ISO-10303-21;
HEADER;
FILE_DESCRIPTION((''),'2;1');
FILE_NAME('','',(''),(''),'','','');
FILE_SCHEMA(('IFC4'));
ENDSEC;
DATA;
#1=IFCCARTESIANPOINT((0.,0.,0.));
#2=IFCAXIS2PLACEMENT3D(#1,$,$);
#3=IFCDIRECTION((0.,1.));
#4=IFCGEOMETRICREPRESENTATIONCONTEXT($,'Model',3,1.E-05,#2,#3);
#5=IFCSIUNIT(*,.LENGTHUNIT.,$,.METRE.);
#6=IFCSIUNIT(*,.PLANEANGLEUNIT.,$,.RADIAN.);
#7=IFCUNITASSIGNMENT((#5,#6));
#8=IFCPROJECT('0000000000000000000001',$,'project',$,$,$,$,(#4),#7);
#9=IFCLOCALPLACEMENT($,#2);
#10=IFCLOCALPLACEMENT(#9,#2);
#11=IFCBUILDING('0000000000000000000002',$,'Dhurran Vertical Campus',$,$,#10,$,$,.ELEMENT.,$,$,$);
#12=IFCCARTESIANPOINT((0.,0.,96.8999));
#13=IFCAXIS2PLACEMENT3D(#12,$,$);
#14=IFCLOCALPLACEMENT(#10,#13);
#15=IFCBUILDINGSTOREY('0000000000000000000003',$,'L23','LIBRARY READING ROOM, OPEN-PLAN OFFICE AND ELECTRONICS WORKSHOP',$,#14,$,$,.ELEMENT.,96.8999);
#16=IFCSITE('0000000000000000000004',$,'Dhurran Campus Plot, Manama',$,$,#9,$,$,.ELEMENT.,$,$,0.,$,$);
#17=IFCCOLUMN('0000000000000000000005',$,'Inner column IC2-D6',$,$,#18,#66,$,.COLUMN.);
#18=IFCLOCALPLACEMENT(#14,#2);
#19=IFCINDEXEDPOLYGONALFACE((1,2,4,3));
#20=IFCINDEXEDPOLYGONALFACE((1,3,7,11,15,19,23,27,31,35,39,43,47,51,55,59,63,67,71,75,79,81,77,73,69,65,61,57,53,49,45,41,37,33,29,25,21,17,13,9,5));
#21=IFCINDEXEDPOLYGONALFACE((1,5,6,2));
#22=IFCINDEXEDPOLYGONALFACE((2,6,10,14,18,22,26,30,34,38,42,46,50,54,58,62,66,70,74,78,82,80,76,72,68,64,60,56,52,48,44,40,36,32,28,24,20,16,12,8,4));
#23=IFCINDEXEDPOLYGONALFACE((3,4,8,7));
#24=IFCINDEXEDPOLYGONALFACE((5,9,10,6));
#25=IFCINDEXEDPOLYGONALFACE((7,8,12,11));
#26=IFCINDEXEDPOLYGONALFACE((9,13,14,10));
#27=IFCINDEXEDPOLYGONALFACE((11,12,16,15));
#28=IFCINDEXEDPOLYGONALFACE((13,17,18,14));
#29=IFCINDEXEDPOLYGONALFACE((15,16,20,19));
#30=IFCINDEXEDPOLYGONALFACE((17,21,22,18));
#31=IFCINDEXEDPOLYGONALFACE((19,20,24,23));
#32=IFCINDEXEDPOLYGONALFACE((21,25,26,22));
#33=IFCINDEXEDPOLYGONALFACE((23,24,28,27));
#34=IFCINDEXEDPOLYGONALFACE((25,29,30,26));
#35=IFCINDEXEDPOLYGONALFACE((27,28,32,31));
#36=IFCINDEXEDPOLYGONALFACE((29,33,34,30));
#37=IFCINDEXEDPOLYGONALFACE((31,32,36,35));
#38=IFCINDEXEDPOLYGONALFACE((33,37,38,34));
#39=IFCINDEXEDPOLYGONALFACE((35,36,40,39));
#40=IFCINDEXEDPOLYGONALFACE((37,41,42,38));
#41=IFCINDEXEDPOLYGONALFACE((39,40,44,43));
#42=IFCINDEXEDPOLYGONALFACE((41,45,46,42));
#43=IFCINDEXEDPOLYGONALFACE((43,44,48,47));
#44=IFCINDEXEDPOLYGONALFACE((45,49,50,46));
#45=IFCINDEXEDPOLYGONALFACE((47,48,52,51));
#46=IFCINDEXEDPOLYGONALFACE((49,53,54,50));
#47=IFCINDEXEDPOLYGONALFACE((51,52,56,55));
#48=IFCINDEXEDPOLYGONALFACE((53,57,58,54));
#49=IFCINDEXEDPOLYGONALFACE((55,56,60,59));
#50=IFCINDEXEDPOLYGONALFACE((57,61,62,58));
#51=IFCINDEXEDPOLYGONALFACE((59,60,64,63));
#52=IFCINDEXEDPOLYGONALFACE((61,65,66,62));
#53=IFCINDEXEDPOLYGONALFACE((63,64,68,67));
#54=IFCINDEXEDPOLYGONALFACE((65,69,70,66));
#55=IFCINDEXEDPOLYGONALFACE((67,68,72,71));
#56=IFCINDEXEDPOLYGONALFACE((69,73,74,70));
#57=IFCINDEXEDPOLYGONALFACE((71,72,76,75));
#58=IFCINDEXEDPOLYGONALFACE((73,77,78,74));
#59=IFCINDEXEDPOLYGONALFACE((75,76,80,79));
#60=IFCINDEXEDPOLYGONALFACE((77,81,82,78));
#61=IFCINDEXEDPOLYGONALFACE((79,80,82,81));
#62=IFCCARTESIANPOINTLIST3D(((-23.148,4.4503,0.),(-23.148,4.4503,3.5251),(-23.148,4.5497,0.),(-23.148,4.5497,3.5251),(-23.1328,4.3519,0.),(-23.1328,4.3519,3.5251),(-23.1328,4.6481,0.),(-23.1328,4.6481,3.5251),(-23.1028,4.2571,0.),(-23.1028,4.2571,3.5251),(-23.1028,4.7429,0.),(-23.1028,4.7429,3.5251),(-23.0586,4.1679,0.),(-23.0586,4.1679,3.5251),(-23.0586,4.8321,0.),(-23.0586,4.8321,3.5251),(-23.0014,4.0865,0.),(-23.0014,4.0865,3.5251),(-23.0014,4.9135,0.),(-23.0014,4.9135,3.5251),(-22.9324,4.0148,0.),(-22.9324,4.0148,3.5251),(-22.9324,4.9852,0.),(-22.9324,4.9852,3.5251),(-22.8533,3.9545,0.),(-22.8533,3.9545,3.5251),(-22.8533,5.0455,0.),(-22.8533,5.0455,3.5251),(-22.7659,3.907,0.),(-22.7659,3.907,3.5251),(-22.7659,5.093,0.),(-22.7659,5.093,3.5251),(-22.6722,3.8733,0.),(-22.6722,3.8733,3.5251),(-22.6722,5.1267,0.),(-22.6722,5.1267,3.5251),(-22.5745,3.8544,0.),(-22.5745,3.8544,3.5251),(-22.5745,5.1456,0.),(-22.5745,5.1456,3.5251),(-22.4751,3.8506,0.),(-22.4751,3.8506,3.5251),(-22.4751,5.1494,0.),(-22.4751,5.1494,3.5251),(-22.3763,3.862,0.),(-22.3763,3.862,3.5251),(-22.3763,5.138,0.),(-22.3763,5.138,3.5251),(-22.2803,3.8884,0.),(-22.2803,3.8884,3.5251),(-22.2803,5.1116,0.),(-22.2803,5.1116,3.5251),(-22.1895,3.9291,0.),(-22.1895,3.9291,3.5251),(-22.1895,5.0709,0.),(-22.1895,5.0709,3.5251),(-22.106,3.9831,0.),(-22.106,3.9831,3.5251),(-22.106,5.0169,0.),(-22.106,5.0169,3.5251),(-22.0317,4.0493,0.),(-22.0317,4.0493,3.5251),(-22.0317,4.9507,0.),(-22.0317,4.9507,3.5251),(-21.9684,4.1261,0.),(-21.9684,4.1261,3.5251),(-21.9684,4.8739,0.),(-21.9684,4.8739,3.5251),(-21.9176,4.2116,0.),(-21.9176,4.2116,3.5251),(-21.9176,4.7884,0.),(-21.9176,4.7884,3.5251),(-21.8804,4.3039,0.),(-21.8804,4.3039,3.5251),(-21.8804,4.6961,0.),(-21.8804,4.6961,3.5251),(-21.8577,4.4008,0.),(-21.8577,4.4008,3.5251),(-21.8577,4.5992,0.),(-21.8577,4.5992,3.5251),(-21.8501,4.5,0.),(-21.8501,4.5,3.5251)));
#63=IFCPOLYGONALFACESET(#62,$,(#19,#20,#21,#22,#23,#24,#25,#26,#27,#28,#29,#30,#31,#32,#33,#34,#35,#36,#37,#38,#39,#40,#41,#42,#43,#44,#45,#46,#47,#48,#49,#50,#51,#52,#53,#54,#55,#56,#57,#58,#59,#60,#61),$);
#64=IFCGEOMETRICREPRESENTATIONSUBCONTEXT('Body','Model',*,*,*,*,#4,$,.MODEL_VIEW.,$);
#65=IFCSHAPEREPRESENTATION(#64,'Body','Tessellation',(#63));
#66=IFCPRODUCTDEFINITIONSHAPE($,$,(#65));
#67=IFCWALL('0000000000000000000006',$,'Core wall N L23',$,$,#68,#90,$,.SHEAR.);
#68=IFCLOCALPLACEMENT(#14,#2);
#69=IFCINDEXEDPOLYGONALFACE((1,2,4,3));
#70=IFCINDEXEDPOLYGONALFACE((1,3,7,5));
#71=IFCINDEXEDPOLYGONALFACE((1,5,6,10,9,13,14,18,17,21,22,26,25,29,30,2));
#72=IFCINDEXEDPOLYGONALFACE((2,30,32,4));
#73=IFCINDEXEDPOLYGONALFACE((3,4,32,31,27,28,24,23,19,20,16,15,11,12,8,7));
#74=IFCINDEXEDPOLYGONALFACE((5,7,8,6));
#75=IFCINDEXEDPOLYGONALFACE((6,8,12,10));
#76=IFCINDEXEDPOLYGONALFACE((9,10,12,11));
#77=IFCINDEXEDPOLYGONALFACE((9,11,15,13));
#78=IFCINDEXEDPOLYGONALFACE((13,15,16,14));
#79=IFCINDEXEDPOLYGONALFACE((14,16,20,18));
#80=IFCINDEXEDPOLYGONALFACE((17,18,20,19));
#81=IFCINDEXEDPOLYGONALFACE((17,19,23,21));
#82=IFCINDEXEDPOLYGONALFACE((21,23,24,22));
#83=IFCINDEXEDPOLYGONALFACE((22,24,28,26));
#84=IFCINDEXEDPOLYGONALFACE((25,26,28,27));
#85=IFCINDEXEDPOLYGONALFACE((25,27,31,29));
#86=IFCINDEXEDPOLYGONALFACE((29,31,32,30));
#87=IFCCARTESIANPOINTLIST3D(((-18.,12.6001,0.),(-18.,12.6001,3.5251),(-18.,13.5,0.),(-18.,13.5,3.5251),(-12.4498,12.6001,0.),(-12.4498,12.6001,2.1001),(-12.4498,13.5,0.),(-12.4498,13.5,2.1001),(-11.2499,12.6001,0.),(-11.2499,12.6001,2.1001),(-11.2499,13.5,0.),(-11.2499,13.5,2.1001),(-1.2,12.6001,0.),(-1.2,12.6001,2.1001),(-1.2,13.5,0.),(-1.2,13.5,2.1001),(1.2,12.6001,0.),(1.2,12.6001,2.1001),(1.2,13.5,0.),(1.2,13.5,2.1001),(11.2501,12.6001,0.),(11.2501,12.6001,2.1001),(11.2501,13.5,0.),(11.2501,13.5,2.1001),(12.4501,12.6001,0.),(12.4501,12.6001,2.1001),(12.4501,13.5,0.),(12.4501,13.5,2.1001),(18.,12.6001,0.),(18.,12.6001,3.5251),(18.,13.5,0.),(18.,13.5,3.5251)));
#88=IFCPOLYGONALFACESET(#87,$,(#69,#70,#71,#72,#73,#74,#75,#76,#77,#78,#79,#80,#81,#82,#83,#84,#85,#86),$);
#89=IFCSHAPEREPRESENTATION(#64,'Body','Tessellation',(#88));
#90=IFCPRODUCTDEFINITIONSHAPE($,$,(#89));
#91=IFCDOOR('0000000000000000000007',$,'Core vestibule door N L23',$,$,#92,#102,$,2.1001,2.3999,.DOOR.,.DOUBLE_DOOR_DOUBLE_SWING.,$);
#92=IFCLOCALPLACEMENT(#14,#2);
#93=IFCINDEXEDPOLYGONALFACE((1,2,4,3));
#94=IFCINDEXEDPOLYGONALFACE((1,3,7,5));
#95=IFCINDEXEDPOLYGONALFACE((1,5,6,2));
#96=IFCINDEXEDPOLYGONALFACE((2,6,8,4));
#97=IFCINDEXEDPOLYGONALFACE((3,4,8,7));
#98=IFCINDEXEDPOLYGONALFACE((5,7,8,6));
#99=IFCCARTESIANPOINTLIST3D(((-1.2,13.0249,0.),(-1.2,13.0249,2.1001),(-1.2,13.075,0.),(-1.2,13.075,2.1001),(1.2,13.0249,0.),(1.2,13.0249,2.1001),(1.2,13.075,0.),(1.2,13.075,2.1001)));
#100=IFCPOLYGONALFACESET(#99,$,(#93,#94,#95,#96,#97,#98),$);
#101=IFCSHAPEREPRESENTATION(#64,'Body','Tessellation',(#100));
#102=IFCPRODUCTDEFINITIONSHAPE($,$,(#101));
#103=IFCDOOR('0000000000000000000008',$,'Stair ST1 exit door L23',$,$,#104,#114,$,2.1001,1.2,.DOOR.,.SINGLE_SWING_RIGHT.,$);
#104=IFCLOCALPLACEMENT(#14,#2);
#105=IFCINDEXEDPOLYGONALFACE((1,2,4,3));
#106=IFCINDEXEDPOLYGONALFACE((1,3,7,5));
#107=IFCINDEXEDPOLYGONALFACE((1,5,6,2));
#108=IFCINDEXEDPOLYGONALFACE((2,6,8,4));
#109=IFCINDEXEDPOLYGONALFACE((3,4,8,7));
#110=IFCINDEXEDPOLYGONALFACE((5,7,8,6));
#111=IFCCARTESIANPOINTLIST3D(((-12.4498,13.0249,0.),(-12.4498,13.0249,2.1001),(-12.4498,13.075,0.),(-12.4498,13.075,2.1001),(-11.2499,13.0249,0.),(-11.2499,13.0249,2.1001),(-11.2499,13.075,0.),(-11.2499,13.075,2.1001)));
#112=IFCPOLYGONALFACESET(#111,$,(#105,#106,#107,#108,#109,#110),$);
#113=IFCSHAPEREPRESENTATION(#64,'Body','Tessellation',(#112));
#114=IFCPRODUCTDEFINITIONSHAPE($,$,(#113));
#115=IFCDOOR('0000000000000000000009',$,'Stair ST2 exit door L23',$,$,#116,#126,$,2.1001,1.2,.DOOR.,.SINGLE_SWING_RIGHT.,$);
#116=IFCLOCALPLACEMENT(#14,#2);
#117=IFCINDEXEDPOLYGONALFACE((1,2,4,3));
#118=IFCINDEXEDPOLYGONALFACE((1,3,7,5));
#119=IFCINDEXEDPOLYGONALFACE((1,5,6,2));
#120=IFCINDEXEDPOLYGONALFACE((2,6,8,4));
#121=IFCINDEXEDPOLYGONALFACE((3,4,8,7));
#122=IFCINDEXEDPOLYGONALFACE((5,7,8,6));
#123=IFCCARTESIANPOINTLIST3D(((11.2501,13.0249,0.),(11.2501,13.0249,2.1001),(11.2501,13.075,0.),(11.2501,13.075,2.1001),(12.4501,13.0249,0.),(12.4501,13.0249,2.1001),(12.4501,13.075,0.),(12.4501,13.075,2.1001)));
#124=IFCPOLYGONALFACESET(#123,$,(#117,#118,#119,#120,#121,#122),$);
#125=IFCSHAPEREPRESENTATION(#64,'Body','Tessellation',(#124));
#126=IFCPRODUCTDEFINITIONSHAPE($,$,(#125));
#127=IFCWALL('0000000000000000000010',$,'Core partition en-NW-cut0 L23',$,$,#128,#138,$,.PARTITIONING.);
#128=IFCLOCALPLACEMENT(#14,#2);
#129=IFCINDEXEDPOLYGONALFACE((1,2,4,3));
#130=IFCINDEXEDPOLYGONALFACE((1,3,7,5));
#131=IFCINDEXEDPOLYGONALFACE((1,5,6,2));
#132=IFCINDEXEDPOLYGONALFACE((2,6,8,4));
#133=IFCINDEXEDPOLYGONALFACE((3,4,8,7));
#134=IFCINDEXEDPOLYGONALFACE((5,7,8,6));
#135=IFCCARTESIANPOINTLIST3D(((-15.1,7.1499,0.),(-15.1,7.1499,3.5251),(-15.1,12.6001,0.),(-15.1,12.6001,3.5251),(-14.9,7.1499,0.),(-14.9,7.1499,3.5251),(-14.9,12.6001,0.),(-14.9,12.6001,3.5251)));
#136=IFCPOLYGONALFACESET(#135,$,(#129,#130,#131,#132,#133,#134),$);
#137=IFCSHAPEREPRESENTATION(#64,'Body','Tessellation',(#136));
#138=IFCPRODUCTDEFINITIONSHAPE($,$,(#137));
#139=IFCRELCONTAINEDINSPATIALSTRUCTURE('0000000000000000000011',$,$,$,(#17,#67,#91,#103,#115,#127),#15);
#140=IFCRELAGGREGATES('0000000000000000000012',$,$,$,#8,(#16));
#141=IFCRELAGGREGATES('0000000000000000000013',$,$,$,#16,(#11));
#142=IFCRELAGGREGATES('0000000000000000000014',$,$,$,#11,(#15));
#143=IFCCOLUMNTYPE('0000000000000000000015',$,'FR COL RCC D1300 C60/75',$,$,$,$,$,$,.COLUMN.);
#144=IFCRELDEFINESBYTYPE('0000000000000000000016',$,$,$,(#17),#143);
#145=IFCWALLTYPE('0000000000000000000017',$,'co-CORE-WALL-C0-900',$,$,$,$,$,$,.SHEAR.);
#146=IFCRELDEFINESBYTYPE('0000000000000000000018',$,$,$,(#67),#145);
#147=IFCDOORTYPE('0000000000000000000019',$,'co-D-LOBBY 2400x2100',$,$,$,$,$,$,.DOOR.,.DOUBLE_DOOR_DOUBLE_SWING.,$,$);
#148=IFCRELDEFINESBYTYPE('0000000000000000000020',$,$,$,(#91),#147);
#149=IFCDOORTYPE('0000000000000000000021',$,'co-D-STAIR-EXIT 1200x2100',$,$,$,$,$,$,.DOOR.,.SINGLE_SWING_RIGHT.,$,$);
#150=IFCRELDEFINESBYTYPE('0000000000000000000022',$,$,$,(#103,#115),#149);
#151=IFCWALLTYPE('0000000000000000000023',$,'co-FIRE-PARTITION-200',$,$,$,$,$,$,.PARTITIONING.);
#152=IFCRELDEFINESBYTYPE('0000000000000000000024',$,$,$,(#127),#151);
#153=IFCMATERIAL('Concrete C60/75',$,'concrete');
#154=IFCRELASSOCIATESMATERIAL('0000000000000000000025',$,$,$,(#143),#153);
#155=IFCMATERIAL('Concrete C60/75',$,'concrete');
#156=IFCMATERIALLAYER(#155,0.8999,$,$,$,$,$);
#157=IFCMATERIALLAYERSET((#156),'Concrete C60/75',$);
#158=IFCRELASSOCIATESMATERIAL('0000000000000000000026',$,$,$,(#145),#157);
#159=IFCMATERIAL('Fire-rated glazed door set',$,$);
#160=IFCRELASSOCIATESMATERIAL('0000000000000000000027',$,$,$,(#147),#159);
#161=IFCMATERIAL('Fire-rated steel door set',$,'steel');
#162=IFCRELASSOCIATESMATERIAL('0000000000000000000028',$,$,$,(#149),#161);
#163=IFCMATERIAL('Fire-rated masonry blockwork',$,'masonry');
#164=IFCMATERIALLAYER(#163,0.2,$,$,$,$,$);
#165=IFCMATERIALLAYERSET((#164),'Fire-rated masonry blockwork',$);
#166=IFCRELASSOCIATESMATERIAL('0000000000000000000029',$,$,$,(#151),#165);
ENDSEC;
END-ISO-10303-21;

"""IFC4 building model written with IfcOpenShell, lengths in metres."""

from ifc_helpers import new_model, si_unit, direction, frame, frame_2d, origin, origin_2d, place, context, subcontext, project, spatial, rectangle, circle, extrude, material, layer, layer_set, material_profile, profile_set, type_object, element, fill, save


model = new_model("IFC4")

# Units and contexts
model_context = context("Model", 3, precision=1e-05, world=origin(), true_north=direction((0.0, 1.0)))
body_context = subcontext(model_context, "Body", "Model", "MODEL_VIEW")
ifc_project = project(units=[si_unit("LENGTHUNIT", "METRE"), si_unit("PLANEANGLEUNIT", "RADIAN")], contexts=[model_context])

# Site, building, storey
site_placement = place(None, origin())
site = spatial("IfcSite", under=ifc_project, at=site_placement, Name="Dhurran Campus Plot, Manama", CompositionType="ELEMENT", RefElevation=0.0)
building_placement = place(site_placement, origin())
building = spatial("IfcBuilding", under=site, at=building_placement, Name="Dhurran Vertical Campus", CompositionType="ELEMENT")
storey_placement = place(building_placement, frame((0.0, 0.0, 96.8999)))
storey = spatial("IfcBuildingStorey", under=building, at=storey_placement, Name="L23", Description="LIBRARY READING ROOM, OPEN-PLAN OFFICE AND ELECTRONICS WORKSHOP", CompositionType="ELEMENT", Elevation=96.8999)

# Column
ifc_material_1 = material(Name="Concrete C60/75", Category="concrete")
ifc_material_profile = material_profile(ifc_material_1, circle(Radius=0.6499, at=origin_2d()), Name="RCC D1300")
ifc_profile_set = profile_set([ifc_material_profile], Name="Concrete C60/75")
column_type = type_object("IfcColumnType", Name="FR COL RCC D1300 C60/75", PredefinedType="COLUMN", material=ifc_profile_set)
column_placement = place(storey_placement, frame((-22.5, 4.5, 0.0), z_axis=(0.0, 0.0, 1.0), x_axis=(1.0, 0.0, 0.0)))
element("IfcColumn", 1, at=column_placement, inside=storey, type_object=column_type, Name="Inner column IC2-D6", PredefinedType="COLUMN", context=body_context, shape_type="SweptSolid", body=[
    extrude(circle(Radius=0.6499, at=origin_2d()), origin(), (0.0, 0.0, 1.0), 3.5251),
])

# Wall, openings, doors
ifc_material_2 = material(Name="Concrete C60/75", Category="concrete")
ifc_layer_1 = layer(ifc_material_2, 0.8999)
ifc_layer_set_1 = layer_set([ifc_layer_1], Name="Concrete C60/75")
wall_type_1 = type_object("IfcWallType", Name="co-CORE-WALL-C0-900", PredefinedType="SHEAR", material=ifc_layer_set_1)
wall_1_placement = place(storey_placement, frame((-18.0, 13.05, 0.0), z_axis=(0.0, 0.0, 1.0), x_axis=(1.0, 0.0, 0.0)))
wall_1 = element("IfcWall", 2, at=wall_1_placement, inside=storey, type_object=wall_type_1, Name="Core wall N L23", PredefinedType="SHEAR", context=body_context, shape_type="SweptSolid", body=[
    extrude(rectangle(XDim=36.0, YDim=0.8999, at=frame_2d((18.0, 0.0))), origin(), (0.0, 0.0, 1.0), 3.5251),
])
opening_1_placement = place(wall_1_placement, frame((16.8, 0.0, 0.0)))
opening_1 = element("IfcOpeningElement", 3, at=opening_1_placement, cuts=wall_1, PredefinedType="OPENING", context=body_context, shape_type="SweptSolid", body=[
    extrude(rectangle(XDim=2.3999, YDim=2.1001, at=frame_2d((1.2, 1.05))), frame((0.0, 0.46, 0.0), z_axis=(0.0, -1.0, 0.0), x_axis=(1.0, 0.0, 0.0)), (0.0, 0.0, 1.0), 0.9199),
])
opening_2_placement = place(wall_1_placement, frame((5.55, 0.0, 0.0)))
opening_2 = element("IfcOpeningElement", 4, at=opening_2_placement, cuts=wall_1, PredefinedType="OPENING", context=body_context, shape_type="SweptSolid", body=[
    extrude(rectangle(XDim=1.2, YDim=2.1001, at=frame_2d((0.6001, 1.05))), frame((0.0, 0.46, 0.0), z_axis=(0.0, -1.0, 0.0), x_axis=(1.0, 0.0, 0.0)), (0.0, 0.0, 1.0), 0.9199),
])
opening_3_placement = place(wall_1_placement, frame((29.25, 0.0, 0.0)))
opening_3 = element("IfcOpeningElement", 5, at=opening_3_placement, cuts=wall_1, PredefinedType="OPENING", context=body_context, shape_type="SweptSolid", body=[
    extrude(rectangle(XDim=1.2, YDim=2.1001, at=frame_2d((0.6001, 1.05))), frame((0.0, 0.46, 0.0), z_axis=(0.0, -1.0, 0.0), x_axis=(1.0, 0.0, 0.0)), (0.0, 0.0, 1.0), 0.9199),
])
ifc_material_3 = material(Name="Fire-rated glazed door set")
door_type_1 = type_object("IfcDoorType", Name="co-D-LOBBY 2400x2100", OperationType="DOUBLE_DOOR_DOUBLE_SWING", PredefinedType="DOOR", material=ifc_material_3)
door_1_placement = place(opening_1_placement, origin())
door_1 = element("IfcDoor", 6, at=door_1_placement, inside=storey, type_object=door_type_1, Name="Core vestibule door N L23", OperationType="DOUBLE_DOOR_DOUBLE_SWING", OverallHeight=2.1001, OverallWidth=2.3999, PredefinedType="DOOR", context=body_context, shape_type="SweptSolid", body=[
    extrude(rectangle(XDim=2.3999, YDim=2.1001, at=frame_2d((1.2, 1.05))), frame((0.0, 0.0249, 0.0), z_axis=(0.0, -1.0, 0.0), x_axis=(1.0, 0.0, 0.0)), (0.0, 0.0, 1.0), 0.05),
])
fill(opening_1, door_1)
ifc_material_4 = material(Name="Fire-rated steel door set", Category="steel")
door_type_2 = type_object("IfcDoorType", Name="co-D-STAIR-EXIT 1200x2100", OperationType="SINGLE_SWING_RIGHT", PredefinedType="DOOR", material=ifc_material_4)
door_2_placement = place(opening_2_placement, origin())
door_2 = element("IfcDoor", 7, at=door_2_placement, inside=storey, type_object=door_type_2, Name="Stair ST1 exit door L23", OperationType="SINGLE_SWING_RIGHT", OverallHeight=2.1001, OverallWidth=1.2, PredefinedType="DOOR", context=body_context, shape_type="SweptSolid", body=[
    extrude(rectangle(XDim=1.2, YDim=2.1001, at=frame_2d((0.6001, 1.05))), frame((0.0, 0.0249, 0.0), z_axis=(0.0, -1.0, 0.0), x_axis=(1.0, 0.0, 0.0)), (0.0, 0.0, 1.0), 0.05),
])
fill(opening_2, door_2)
door_3_placement = place(opening_3_placement, origin())
door_3 = element("IfcDoor", 8, at=door_3_placement, inside=storey, type_object=door_type_2, Name="Stair ST2 exit door L23", OperationType="SINGLE_SWING_RIGHT", OverallHeight=2.1001, OverallWidth=1.2, PredefinedType="DOOR", context=body_context, shape_type="SweptSolid", body=[
    extrude(rectangle(XDim=1.2, YDim=2.1001, at=frame_2d((0.6001, 1.05))), frame((0.0, 0.0249, 0.0), z_axis=(0.0, -1.0, 0.0), x_axis=(1.0, 0.0, 0.0)), (0.0, 0.0, 1.0), 0.05),
])
fill(opening_3, door_3)

# Wall
ifc_material_5 = material(Name="Fire-rated masonry blockwork", Category="masonry")
ifc_layer_2 = layer(ifc_material_5, 0.2)
ifc_layer_set_2 = layer_set([ifc_layer_2], Name="Fire-rated masonry blockwork")
wall_type_2 = type_object("IfcWallType", Name="co-FIRE-PARTITION-200", PredefinedType="PARTITIONING", material=ifc_layer_set_2)
wall_2_placement = place(storey_placement, frame((-15.0, 7.1499, 0.0), z_axis=(0.0, 0.0, 1.0), x_axis=(0.0, 1.0, 0.0)))
element("IfcWall", 9, at=wall_2_placement, inside=storey, type_object=wall_type_2, Name="Core partition en-NW-cut0 L23", PredefinedType="PARTITIONING", context=body_context, shape_type="SweptSolid", body=[
    extrude(rectangle(XDim=5.4502, YDim=0.2, at=frame_2d((2.7251, 0.0))), origin(), (0.0, 0.0, 1.0), 3.5251),
])

save(model, "model.ifc")
